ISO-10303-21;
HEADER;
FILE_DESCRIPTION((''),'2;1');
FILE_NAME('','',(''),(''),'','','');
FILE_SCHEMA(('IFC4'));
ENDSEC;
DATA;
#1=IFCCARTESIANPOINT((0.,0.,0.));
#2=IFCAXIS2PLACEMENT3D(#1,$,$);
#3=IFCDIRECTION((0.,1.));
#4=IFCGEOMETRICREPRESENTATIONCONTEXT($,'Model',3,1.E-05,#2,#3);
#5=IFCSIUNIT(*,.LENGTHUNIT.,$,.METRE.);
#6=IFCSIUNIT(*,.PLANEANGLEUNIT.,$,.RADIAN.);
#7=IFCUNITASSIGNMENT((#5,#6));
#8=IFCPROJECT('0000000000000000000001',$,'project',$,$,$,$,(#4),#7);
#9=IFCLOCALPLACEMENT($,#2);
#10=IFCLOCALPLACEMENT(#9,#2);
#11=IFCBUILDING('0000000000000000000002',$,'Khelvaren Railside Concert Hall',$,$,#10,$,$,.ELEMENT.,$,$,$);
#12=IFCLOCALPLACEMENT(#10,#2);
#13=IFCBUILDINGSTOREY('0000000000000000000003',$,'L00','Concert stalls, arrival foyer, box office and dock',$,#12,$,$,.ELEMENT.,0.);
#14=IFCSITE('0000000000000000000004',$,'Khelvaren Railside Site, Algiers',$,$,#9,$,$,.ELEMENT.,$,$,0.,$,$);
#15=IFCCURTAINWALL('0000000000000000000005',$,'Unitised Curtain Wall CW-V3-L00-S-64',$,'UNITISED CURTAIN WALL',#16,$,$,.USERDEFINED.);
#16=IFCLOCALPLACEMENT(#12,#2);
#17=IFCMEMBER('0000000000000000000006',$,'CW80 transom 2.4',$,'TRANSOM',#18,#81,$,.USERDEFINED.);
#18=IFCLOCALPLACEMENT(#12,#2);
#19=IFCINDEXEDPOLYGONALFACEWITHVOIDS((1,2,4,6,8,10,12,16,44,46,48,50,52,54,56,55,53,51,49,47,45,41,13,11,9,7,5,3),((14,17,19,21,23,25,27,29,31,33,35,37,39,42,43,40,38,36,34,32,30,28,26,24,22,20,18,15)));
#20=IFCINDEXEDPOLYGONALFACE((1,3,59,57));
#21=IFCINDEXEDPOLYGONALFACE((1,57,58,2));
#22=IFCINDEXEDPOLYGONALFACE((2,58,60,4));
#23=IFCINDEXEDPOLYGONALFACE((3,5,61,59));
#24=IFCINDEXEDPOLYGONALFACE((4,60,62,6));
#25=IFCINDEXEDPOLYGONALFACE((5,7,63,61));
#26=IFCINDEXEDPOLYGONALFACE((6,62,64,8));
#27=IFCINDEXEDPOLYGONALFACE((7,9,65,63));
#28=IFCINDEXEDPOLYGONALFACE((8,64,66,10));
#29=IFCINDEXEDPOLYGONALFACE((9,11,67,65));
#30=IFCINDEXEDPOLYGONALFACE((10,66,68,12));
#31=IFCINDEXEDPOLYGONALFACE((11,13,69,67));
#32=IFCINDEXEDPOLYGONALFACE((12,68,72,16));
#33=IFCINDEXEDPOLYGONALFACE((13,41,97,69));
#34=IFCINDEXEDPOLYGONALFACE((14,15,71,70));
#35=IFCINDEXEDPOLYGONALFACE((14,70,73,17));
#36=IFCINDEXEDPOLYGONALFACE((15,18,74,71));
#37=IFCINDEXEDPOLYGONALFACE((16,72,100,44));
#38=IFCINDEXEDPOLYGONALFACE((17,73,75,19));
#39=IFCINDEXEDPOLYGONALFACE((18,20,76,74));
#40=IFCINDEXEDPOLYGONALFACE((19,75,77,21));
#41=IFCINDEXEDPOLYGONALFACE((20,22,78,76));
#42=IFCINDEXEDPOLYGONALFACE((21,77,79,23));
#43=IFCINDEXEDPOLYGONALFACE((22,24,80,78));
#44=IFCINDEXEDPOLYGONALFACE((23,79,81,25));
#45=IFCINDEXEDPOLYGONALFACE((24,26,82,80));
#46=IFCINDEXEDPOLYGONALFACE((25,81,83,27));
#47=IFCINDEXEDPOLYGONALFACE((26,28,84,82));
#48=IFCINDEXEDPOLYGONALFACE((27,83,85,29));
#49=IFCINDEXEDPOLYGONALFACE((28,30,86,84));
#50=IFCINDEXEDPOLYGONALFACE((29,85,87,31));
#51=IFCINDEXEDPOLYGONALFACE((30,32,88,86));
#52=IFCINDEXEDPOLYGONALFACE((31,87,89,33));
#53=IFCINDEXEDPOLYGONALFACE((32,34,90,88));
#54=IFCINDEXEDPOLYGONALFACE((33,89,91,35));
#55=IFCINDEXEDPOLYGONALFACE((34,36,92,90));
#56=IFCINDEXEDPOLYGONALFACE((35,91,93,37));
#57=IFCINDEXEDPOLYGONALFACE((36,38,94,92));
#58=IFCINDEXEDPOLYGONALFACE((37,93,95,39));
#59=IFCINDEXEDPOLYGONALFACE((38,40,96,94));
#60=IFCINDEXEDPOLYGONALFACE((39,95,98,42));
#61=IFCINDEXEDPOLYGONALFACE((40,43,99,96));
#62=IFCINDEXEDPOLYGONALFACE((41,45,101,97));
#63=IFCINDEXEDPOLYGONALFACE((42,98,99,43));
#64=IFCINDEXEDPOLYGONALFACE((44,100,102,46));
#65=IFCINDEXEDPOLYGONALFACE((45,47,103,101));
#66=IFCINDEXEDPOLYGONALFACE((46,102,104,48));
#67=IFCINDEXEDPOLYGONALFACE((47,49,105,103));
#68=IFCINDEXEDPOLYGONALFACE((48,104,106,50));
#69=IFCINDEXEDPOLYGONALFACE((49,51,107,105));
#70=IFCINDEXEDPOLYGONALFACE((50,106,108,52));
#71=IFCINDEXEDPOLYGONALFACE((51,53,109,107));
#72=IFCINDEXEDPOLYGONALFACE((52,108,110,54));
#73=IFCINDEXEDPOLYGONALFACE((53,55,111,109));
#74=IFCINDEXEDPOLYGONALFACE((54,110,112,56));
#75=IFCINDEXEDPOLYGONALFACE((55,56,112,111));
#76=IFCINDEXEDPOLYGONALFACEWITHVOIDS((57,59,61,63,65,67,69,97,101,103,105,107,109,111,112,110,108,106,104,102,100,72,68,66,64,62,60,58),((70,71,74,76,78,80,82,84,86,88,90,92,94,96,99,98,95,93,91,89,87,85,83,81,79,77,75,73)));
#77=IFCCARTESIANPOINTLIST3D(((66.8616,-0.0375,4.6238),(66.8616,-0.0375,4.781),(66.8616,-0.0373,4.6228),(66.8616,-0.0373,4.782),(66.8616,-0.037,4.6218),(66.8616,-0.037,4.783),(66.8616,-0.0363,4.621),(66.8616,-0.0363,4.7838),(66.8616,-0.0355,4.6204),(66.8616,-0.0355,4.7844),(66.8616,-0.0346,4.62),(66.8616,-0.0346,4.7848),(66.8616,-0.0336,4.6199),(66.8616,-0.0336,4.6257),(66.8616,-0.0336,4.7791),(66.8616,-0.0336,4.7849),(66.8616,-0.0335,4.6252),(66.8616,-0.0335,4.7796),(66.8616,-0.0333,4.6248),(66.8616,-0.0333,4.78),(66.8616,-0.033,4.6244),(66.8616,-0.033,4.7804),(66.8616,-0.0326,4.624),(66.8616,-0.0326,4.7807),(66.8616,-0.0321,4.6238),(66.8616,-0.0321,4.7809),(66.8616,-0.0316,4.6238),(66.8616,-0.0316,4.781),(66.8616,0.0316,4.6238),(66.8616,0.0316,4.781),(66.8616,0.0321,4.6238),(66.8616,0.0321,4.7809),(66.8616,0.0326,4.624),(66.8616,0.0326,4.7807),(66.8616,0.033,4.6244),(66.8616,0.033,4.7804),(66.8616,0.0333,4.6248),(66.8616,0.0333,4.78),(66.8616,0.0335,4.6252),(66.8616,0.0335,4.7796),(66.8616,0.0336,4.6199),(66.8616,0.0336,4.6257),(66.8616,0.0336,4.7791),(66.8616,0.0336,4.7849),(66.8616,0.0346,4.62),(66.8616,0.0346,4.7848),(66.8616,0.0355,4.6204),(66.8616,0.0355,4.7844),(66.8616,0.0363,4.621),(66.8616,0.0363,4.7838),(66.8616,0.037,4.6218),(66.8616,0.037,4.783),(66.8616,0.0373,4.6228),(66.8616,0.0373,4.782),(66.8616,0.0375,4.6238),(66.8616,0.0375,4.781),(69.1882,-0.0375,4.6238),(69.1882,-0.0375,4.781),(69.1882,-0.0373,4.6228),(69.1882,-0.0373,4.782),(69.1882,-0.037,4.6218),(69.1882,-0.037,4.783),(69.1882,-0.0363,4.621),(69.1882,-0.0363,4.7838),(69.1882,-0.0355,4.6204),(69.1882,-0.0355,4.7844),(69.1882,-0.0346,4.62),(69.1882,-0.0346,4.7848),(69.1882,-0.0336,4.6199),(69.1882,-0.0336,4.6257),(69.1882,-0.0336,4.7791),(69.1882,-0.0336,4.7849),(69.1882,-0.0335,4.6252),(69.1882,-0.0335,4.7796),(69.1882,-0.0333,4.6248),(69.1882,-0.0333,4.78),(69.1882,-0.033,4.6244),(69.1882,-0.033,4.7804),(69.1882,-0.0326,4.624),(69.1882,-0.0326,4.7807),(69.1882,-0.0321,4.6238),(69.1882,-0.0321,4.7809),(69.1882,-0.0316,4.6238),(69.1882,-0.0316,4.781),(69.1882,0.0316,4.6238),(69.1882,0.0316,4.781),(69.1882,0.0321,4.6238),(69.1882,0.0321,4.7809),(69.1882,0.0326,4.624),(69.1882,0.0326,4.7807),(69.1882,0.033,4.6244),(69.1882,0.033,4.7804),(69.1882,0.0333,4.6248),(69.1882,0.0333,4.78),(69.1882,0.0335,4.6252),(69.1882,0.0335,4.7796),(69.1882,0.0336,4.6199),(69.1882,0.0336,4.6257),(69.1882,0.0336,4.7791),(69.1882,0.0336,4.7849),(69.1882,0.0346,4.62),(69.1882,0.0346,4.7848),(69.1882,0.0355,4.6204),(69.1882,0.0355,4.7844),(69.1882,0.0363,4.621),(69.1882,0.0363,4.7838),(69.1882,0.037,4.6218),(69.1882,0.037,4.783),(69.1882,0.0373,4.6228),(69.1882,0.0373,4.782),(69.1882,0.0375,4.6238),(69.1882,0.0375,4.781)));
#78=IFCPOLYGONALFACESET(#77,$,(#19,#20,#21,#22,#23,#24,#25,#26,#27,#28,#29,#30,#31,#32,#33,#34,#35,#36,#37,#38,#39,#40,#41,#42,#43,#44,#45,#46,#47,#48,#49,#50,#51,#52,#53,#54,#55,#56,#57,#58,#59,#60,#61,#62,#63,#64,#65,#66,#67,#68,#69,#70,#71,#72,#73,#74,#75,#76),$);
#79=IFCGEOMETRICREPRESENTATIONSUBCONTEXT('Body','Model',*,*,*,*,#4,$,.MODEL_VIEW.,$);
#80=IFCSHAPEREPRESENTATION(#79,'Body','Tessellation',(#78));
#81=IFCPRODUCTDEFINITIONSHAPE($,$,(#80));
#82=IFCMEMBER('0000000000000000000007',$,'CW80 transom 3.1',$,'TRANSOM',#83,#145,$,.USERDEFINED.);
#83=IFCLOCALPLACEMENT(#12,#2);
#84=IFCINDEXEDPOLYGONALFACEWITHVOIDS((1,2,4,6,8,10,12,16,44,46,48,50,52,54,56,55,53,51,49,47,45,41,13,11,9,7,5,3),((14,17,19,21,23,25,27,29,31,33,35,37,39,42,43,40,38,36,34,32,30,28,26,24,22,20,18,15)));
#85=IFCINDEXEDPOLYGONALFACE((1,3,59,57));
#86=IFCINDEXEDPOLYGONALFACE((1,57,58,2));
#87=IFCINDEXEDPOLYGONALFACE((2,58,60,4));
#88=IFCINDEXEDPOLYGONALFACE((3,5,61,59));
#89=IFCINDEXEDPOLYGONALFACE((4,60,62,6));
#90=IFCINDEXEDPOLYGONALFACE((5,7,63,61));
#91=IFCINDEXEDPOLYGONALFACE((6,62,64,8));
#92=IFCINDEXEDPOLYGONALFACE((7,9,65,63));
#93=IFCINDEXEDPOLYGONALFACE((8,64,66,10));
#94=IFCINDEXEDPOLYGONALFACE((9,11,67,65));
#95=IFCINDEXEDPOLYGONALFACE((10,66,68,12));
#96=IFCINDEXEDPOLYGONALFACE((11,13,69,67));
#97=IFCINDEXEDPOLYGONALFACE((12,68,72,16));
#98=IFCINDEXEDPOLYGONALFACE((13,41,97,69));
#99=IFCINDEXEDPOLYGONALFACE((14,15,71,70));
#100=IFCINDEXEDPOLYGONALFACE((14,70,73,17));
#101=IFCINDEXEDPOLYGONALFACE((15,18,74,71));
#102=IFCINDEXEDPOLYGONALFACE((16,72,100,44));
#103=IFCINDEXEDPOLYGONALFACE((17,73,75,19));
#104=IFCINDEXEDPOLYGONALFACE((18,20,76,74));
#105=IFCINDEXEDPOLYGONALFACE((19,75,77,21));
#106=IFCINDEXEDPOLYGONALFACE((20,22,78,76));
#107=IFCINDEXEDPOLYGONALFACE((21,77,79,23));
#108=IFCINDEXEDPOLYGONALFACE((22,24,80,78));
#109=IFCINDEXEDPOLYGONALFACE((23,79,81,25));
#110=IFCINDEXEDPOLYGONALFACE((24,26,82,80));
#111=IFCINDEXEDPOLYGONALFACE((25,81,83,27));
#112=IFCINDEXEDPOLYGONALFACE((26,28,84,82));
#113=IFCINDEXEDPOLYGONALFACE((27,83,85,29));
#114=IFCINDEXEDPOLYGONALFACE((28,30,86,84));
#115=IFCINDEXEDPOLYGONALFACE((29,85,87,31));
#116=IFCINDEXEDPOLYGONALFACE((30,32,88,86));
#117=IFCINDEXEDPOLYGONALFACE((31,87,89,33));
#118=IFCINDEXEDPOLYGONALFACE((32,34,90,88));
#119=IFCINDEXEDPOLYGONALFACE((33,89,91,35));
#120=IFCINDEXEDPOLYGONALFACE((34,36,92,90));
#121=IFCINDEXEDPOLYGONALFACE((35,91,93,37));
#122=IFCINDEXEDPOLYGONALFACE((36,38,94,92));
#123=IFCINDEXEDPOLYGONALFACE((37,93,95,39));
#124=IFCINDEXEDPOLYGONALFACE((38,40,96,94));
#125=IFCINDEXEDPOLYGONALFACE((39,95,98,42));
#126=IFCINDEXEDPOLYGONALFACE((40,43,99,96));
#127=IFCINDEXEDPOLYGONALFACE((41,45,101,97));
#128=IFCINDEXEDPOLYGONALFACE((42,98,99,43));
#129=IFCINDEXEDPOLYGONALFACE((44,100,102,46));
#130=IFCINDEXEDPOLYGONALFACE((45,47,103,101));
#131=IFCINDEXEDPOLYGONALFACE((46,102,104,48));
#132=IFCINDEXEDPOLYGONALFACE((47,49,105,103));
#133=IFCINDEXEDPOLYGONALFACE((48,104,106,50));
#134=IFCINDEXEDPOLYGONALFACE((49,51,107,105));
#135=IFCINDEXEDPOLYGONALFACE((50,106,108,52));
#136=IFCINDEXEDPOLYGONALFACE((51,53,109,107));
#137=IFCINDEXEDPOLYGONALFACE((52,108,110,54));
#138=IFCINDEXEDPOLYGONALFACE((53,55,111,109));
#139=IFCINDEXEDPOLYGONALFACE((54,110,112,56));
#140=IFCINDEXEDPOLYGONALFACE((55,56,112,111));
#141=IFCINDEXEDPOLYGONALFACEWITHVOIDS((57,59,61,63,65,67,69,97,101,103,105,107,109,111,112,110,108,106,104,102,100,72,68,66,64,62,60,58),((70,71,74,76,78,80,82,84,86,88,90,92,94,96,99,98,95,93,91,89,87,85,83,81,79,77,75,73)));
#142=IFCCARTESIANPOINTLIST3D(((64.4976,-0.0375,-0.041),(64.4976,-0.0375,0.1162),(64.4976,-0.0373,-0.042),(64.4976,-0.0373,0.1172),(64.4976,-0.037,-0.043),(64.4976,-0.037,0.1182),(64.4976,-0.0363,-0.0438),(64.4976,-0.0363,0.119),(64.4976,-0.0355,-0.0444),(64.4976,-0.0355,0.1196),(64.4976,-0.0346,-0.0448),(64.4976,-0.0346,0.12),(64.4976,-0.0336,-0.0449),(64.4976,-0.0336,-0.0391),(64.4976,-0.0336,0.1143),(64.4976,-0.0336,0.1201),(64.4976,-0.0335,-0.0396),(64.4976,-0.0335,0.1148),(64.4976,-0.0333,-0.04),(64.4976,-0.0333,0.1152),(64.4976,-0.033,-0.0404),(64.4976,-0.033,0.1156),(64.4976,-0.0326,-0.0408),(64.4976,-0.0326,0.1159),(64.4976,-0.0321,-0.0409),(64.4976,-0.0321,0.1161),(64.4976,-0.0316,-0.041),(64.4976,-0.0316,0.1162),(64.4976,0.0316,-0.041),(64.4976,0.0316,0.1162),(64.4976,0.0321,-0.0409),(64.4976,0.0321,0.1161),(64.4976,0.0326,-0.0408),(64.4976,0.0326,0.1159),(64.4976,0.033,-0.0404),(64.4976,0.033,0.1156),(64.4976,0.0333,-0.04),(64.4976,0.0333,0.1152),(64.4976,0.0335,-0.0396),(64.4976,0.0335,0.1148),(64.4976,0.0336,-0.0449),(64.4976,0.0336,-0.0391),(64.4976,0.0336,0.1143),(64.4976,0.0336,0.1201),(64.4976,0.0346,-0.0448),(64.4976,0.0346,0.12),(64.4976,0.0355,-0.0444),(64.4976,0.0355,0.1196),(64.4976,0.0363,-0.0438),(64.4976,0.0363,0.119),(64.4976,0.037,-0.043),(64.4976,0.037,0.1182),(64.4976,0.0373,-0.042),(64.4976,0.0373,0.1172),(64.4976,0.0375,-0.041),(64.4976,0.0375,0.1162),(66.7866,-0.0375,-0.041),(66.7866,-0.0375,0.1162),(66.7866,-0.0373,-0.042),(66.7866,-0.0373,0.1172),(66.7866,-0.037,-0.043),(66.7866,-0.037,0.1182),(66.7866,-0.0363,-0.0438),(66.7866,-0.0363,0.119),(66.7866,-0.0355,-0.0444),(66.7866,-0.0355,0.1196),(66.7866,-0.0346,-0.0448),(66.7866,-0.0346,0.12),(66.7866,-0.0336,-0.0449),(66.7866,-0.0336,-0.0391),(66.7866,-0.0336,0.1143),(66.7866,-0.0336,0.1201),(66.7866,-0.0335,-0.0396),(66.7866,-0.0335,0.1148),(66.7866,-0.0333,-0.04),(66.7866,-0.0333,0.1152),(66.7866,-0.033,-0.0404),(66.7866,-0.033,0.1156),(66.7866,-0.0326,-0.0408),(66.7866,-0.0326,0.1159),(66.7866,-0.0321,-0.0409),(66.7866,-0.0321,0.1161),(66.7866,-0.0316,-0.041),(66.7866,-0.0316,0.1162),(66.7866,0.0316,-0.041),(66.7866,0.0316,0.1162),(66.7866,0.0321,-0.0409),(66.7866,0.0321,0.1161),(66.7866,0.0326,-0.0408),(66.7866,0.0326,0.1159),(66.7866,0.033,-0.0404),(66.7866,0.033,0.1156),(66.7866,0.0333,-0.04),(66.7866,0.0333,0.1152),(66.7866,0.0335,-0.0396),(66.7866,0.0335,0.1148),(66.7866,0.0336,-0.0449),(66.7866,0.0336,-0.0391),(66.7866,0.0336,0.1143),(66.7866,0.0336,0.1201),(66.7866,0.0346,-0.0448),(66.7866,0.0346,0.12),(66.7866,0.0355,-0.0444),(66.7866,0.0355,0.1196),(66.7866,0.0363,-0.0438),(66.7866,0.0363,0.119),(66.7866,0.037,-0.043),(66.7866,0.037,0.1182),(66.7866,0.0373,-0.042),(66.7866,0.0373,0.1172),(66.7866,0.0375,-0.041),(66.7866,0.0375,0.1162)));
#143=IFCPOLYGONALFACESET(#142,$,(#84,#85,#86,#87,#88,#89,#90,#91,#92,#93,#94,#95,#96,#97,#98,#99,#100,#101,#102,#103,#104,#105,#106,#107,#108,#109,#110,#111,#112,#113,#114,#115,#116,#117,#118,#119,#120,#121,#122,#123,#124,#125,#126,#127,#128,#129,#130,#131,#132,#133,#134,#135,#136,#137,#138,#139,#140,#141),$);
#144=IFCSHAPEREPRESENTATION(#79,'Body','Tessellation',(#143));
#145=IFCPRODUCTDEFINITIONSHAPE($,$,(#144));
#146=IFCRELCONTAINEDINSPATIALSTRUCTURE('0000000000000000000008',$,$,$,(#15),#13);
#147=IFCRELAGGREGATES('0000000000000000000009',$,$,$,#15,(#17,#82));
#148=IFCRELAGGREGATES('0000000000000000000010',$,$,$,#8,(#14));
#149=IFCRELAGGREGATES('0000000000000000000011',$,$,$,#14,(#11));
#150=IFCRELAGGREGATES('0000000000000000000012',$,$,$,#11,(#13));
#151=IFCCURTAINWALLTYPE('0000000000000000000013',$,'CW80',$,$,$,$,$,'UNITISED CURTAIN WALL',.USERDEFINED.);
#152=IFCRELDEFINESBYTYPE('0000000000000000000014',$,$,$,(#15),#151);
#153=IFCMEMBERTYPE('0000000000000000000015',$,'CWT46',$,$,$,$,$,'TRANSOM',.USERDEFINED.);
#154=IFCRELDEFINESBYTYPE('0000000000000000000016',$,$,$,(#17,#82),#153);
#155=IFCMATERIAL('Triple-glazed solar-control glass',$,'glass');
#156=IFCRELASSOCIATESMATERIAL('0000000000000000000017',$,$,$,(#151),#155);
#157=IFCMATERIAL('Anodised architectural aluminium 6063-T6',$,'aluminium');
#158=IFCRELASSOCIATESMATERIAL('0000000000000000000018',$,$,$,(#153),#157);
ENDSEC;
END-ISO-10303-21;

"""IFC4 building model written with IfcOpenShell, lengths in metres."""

from ifc_helpers import new_model, si_unit, direction, frame, origin, origin_2d, place, context, subcontext, project, spatial, hollow_rectangle, extrude, material, material_profile, profile_set, type_object, element, aggregate, save


model = new_model("IFC4")

# Units and contexts
model_context = context("Model", 3, precision=1e-05, world=origin(), true_north=direction((0.0, 1.0)))
body_context = subcontext(model_context, "Body", "Model", "MODEL_VIEW")
ifc_project = project(units=[si_unit("LENGTHUNIT", "METRE"), si_unit("PLANEANGLEUNIT", "RADIAN")], contexts=[model_context])

# Site, building, storey
site_placement = place(None, origin())
site = spatial("IfcSite", under=ifc_project, at=site_placement, Name="Khelvaren Railside Site, Algiers", CompositionType="ELEMENT", RefElevation=0.0)
building_placement = place(site_placement, origin())
building = spatial("IfcBuilding", under=site, at=building_placement, Name="Khelvaren Railside Concert Hall", CompositionType="ELEMENT")
storey_placement = place(building_placement, origin())
storey = spatial("IfcBuildingStorey", under=building, at=storey_placement, Name="L00", Description="Concert stalls, arrival foyer, box office and dock", CompositionType="ELEMENT", Elevation=0.0)

# Curtain wall, members
ifc_material_1 = material(Name="Triple-glazed solar-control glass", Category="glass")
curtain_wall_type = type_object("IfcCurtainWallType", Name="CW80", ElementType="UNITISED CURTAIN WALL", PredefinedType="USERDEFINED", material=ifc_material_1)
curtain_wall_placement = place(storey_placement, origin())
curtain_wall = element("IfcCurtainWall", 1, at=curtain_wall_placement, inside=storey, type_object=curtain_wall_type, Name="Unitised Curtain Wall CW-V3-L00-S-64", ObjectType="UNITISED CURTAIN WALL", PredefinedType="USERDEFINED")
ifc_material_2 = material(Name="Anodised architectural aluminium 6063-T6", Category="aluminium")
ifc_material_profile_1 = material_profile(ifc_material_2, hollow_rectangle(XDim=0.075, YDim=0.165, WallThickness=0.0039, InnerFilletRadius=0.002, OuterFilletRadius=0.0039, at=origin_2d()), Name="CWT 75x165x4")
ifc_profile_set_1 = profile_set([ifc_material_profile_1], Name="Anodised architectural aluminium 6063-T6")
member_type_1 = type_object("IfcMemberType", Name="CWT46", ElementType="TRANSOM", PredefinedType="USERDEFINED", material=ifc_profile_set_1)
member_1_placement = place(storey_placement, frame((69.1882, 0.0, 4.7024), z_axis=(-1.0, 0.0, 0.0), x_axis=(0.0, -1.0, 0.0)))
member_1 = element("IfcMember", 2, at=member_1_placement, type_object=member_type_1, Name="CW80 transom 2.4", ObjectType="TRANSOM", PredefinedType="USERDEFINED", context=body_context, shape_type="SweptSolid", body=[
    extrude(hollow_rectangle(XDim=0.075, YDim=0.165, WallThickness=0.0039, InnerFilletRadius=0.002, OuterFilletRadius=0.0039, at=origin_2d()), origin(), (0.0, 0.0, 1.0), 2.3267),
])
member_2_placement = place(storey_placement, frame((66.7866, 0.0, 0.0376), z_axis=(-1.0, 0.0, 0.0), x_axis=(0.0, -1.0, 0.0)))
member_2 = element("IfcMember", 3, at=member_2_placement, type_object=member_type_1, Name="CW80 transom 3.1", ObjectType="TRANSOM", PredefinedType="USERDEFINED", context=body_context, shape_type="SweptSolid", body=[
    extrude(hollow_rectangle(XDim=0.075, YDim=0.165, WallThickness=0.0039, InnerFilletRadius=0.002, OuterFilletRadius=0.0039, at=origin_2d()), origin(), (0.0, 0.0, 1.0), 2.2891),
])

aggregate(curtain_wall, [member_1, member_2])

save(model, "model.ifc")
